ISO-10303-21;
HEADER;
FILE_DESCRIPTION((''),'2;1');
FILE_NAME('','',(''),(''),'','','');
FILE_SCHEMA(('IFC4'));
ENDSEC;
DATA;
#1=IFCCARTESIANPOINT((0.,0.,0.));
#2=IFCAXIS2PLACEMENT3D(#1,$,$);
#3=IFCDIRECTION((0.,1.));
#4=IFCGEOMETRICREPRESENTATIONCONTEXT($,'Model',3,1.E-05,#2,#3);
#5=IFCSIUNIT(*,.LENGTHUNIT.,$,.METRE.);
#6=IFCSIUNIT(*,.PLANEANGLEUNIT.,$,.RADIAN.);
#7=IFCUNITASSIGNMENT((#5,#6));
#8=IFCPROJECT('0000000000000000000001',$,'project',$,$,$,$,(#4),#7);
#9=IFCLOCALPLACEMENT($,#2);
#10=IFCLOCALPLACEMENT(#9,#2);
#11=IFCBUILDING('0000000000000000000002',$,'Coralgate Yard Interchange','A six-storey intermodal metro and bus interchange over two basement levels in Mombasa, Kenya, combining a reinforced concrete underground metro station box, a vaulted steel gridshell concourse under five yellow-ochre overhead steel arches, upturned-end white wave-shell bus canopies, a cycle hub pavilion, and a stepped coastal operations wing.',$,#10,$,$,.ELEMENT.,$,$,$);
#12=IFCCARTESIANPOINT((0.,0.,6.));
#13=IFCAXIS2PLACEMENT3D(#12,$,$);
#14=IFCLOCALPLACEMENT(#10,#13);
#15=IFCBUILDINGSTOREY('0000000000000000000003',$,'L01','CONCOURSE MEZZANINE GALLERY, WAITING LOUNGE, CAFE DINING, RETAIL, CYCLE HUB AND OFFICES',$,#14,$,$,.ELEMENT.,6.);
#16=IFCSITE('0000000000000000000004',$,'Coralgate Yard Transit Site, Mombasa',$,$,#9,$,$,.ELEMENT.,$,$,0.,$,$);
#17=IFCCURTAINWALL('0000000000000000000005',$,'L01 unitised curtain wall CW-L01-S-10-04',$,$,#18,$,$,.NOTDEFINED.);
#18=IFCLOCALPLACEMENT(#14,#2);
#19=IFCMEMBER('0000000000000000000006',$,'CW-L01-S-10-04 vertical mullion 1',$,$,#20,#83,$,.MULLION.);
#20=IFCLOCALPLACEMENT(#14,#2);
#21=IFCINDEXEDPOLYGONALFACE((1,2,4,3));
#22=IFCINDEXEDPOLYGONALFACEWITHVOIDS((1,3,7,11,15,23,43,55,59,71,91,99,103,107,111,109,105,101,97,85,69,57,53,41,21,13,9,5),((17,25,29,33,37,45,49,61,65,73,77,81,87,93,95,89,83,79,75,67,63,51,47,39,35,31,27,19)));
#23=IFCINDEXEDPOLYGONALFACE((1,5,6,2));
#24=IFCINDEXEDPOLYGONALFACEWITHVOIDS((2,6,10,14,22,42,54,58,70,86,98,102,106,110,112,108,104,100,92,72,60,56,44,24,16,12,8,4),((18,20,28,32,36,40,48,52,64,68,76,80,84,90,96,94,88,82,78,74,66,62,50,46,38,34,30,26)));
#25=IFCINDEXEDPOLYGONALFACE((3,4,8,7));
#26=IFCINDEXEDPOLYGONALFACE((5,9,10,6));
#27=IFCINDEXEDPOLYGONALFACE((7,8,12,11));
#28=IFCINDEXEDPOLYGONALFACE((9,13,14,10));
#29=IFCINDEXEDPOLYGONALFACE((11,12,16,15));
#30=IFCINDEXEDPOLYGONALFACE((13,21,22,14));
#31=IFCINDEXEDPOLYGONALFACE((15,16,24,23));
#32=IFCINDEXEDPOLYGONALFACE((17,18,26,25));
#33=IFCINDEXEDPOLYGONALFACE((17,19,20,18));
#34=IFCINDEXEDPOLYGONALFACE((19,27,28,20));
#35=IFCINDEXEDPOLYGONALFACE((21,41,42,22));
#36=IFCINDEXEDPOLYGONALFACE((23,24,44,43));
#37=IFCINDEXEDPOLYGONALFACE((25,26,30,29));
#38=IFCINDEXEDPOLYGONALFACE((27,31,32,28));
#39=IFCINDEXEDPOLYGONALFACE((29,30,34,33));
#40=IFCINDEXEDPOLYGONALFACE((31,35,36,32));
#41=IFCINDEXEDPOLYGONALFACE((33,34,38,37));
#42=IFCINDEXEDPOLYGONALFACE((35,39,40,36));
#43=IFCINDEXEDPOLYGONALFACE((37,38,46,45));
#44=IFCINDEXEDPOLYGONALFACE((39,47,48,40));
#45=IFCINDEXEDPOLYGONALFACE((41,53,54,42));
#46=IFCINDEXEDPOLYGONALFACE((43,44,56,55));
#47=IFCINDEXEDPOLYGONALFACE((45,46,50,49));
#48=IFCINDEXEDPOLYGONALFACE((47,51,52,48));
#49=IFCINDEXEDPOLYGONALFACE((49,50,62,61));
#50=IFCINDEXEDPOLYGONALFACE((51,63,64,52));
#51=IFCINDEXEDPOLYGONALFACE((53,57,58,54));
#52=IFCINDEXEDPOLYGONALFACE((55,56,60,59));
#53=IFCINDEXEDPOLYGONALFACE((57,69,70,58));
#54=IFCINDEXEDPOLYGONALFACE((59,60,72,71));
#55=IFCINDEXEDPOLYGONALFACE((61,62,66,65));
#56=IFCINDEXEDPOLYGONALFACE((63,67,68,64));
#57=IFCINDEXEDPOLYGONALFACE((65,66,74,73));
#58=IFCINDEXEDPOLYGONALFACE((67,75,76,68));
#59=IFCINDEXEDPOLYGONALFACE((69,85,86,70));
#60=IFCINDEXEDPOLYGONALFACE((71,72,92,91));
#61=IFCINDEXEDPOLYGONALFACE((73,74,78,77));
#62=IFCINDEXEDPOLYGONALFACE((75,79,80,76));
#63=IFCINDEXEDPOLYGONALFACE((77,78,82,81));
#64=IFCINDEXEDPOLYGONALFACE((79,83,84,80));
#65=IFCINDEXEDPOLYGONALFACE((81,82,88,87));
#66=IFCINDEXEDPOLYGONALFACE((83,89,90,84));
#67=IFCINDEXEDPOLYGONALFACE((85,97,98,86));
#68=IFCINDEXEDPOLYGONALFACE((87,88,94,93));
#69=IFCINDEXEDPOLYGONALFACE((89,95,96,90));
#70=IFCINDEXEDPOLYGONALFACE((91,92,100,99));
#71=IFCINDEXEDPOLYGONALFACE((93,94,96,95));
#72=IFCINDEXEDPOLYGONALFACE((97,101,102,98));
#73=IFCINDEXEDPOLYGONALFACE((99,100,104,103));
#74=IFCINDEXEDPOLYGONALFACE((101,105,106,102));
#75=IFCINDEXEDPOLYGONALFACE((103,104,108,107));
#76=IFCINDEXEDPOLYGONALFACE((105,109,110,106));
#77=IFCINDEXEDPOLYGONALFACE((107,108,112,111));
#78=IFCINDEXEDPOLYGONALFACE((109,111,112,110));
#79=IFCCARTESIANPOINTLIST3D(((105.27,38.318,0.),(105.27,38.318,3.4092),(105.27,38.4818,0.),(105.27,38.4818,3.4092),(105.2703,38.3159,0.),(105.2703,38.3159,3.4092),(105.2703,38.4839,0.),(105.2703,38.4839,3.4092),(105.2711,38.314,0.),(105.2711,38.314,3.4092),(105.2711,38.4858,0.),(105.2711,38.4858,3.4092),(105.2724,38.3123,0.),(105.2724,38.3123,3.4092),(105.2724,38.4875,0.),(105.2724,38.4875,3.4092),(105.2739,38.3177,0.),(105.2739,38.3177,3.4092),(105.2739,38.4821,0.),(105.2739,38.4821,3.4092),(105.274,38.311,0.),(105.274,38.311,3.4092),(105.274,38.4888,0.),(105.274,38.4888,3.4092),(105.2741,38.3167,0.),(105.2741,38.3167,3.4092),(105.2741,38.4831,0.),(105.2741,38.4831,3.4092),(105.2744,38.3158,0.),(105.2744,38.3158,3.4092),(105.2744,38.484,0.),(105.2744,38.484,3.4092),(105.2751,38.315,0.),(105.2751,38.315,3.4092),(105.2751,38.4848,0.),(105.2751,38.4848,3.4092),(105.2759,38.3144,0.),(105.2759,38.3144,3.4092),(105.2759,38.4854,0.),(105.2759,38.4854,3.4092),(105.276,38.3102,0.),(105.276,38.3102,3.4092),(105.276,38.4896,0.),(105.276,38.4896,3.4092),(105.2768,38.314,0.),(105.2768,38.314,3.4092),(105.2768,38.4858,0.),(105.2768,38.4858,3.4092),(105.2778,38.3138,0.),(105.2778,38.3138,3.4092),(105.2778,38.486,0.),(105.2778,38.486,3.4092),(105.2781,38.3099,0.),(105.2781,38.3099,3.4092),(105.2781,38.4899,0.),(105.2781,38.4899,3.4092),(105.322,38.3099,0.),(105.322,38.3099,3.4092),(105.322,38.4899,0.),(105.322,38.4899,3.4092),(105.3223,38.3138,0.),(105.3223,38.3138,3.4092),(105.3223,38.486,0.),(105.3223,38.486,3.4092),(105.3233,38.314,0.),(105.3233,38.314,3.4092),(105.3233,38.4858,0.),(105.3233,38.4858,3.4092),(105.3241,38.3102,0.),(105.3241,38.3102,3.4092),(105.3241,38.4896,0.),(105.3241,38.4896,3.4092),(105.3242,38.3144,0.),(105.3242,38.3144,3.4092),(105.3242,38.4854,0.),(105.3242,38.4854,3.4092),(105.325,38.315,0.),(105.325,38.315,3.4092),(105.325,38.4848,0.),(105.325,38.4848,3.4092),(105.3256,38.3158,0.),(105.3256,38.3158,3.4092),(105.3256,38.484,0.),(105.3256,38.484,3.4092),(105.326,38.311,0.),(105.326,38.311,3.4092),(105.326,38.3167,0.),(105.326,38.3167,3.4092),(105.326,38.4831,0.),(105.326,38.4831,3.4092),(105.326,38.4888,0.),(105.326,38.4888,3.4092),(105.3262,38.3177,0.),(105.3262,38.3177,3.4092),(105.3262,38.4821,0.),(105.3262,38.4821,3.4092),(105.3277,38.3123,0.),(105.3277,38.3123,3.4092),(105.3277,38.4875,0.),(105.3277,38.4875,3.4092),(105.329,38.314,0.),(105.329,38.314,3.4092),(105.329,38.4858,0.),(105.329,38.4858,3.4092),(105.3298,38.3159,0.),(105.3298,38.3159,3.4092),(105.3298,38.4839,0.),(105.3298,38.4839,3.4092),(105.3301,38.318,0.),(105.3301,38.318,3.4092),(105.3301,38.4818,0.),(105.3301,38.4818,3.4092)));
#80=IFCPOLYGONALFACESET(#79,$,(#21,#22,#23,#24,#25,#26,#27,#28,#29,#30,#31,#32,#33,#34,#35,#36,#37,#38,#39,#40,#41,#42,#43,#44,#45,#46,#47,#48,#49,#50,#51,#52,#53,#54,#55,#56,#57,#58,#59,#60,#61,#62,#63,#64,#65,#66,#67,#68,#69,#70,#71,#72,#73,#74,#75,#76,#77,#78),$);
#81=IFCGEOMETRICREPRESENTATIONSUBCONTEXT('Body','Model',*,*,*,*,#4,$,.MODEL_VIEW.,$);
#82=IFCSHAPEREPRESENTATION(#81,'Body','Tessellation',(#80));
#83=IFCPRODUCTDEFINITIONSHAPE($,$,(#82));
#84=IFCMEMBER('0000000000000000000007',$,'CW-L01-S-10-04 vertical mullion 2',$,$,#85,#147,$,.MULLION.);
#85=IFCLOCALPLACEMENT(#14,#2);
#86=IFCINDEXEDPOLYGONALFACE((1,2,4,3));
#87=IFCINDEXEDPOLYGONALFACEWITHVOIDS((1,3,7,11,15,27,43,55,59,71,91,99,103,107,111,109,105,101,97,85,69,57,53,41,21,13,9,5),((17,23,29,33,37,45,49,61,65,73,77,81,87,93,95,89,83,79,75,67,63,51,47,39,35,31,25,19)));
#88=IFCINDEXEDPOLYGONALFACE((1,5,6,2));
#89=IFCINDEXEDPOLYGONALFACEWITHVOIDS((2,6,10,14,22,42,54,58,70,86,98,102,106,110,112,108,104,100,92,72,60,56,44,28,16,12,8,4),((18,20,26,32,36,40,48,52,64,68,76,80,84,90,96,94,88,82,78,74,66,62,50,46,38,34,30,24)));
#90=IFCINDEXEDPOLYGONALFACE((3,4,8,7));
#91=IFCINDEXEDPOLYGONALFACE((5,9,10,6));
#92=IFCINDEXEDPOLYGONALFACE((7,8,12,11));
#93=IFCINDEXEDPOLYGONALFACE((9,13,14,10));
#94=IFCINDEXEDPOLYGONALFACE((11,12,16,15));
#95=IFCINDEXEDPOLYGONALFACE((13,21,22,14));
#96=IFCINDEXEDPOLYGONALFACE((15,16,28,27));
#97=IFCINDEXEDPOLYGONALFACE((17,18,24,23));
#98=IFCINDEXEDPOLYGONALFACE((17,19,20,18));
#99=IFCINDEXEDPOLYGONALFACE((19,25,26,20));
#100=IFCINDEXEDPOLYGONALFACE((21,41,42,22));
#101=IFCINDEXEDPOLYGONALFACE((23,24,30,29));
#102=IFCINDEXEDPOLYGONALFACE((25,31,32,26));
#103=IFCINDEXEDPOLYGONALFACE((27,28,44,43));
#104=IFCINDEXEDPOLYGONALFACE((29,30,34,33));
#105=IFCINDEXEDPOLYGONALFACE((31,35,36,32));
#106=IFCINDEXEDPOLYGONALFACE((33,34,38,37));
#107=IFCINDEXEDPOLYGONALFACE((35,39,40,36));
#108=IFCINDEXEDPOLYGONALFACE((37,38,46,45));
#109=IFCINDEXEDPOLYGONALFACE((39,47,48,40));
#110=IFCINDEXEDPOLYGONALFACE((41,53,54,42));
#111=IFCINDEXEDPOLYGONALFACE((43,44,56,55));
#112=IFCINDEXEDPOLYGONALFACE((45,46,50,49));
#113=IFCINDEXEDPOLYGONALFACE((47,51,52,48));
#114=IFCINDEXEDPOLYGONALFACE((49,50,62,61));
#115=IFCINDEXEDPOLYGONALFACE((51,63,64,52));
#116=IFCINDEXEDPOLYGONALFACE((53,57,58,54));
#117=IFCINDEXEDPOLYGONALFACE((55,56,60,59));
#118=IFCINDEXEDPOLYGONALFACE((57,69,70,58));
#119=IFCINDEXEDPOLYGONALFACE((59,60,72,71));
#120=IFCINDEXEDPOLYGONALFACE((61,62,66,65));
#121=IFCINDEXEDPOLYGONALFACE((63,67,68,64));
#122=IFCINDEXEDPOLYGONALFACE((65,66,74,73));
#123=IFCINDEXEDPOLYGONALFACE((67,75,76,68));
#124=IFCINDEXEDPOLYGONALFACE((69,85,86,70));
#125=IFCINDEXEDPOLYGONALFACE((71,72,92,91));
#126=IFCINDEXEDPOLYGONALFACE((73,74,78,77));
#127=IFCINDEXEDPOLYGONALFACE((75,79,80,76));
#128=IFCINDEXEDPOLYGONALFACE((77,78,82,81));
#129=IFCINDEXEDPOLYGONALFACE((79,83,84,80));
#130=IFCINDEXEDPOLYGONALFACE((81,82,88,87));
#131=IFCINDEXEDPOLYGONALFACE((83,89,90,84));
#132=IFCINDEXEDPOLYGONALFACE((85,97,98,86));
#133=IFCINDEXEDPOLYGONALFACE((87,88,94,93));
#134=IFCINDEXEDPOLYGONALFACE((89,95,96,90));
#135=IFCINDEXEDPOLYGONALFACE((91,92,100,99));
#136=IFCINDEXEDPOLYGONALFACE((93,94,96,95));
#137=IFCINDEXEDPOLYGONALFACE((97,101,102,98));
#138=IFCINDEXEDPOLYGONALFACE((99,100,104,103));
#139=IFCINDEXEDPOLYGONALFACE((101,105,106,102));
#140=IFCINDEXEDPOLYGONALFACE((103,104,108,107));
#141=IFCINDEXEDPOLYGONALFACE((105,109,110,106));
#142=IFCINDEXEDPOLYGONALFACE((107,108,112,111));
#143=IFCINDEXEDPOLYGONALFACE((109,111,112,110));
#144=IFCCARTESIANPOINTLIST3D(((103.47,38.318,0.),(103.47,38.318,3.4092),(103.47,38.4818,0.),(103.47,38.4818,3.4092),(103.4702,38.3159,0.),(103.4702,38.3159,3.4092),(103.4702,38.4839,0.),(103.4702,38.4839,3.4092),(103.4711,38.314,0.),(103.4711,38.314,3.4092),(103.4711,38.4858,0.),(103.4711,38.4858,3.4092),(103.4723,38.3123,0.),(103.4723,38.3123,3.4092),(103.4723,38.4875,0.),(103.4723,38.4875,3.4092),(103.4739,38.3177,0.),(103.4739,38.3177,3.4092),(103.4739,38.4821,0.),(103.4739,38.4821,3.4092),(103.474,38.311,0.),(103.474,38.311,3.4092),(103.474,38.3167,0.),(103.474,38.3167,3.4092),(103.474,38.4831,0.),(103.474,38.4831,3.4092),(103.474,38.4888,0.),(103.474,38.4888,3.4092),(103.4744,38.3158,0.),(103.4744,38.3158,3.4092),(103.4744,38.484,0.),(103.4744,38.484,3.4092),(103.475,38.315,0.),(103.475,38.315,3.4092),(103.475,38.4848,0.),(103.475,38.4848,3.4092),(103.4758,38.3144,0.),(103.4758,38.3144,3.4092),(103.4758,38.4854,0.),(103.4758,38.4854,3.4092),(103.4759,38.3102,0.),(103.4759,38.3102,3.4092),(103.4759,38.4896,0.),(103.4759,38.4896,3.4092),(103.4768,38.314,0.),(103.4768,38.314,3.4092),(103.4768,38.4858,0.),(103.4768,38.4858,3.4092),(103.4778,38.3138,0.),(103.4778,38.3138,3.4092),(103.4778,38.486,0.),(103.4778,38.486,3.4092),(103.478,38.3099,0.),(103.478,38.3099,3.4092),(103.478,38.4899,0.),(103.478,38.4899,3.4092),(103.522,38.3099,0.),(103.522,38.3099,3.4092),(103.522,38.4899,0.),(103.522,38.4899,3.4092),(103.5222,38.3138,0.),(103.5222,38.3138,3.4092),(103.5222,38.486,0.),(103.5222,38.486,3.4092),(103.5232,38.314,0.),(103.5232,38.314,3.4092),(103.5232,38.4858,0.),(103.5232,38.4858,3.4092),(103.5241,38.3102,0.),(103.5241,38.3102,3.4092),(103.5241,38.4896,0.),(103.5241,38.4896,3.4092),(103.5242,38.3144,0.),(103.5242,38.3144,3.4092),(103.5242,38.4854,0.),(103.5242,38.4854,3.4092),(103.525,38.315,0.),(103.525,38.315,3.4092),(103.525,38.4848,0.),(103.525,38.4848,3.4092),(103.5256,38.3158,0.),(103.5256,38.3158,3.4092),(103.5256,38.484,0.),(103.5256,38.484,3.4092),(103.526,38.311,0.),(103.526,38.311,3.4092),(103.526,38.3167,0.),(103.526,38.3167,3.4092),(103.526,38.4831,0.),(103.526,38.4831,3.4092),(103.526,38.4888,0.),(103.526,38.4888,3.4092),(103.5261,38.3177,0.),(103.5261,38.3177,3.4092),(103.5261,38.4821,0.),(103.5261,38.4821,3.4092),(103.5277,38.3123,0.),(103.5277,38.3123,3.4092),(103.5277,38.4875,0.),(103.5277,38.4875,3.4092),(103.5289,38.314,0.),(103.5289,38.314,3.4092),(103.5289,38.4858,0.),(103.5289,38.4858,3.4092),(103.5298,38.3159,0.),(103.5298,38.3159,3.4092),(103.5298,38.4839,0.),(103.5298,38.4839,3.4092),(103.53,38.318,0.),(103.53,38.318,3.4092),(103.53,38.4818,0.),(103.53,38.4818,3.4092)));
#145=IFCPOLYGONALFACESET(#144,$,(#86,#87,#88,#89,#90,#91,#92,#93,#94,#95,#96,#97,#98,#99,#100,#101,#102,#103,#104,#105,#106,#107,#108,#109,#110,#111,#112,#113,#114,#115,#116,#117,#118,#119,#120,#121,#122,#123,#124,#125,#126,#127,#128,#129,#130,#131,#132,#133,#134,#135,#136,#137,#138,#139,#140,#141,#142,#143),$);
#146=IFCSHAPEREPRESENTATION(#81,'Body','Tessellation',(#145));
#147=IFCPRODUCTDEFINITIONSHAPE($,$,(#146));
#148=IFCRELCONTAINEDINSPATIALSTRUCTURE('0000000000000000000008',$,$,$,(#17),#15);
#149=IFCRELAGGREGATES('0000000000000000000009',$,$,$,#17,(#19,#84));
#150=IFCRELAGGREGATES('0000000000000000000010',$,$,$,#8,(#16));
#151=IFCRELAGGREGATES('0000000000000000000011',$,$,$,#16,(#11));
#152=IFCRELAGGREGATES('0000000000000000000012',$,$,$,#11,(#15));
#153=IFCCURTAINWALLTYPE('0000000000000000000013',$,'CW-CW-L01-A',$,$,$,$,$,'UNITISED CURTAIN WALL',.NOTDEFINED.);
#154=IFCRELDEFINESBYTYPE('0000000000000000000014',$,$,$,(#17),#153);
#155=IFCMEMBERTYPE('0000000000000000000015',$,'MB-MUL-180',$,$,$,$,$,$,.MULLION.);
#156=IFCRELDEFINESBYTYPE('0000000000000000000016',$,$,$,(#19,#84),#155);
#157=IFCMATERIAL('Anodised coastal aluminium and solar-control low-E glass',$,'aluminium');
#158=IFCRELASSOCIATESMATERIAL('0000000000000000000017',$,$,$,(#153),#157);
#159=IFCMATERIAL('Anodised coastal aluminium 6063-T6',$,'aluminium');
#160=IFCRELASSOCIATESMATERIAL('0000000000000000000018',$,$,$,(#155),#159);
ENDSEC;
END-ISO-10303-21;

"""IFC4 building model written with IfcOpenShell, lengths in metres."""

from ifc_helpers import new_model, si_unit, direction, frame, origin, origin_2d, place, context, subcontext, project, spatial, hollow_rectangle, extrude, material, material_profile, profile_set, type_object, element, aggregate, save


model = new_model("IFC4")

# Units and contexts
model_context = context("Model", 3, precision=1e-05, world=origin(), true_north=direction((0.0, 1.0)))
body_context = subcontext(model_context, "Body", "Model", "MODEL_VIEW")
ifc_project = project(units=[si_unit("LENGTHUNIT", "METRE"), si_unit("PLANEANGLEUNIT", "RADIAN")], contexts=[model_context])

# Site, building, storey
site_placement = place(None, origin())
site = spatial("IfcSite", under=ifc_project, at=site_placement, Name="Coralgate Yard Transit Site, Mombasa", CompositionType="ELEMENT", RefElevation=0.0)
building_placement = place(site_placement, origin())
building = spatial("IfcBuilding", under=site, at=building_placement, Name="Coralgate Yard Interchange", Description="A six-storey intermodal metro and bus interchange over two basement levels in Mombasa, Kenya, combining a reinforced concrete underground metro station box, a vaulted steel gridshell concourse under five yellow-ochre overhead steel arches, upturned-end white wave-shell bus canopies, a cycle hub pavilion, and a stepped coastal operations wing.", CompositionType="ELEMENT")
storey_placement = place(building_placement, frame((0.0, 0.0, 6.0)))
storey = spatial("IfcBuildingStorey", under=building, at=storey_placement, Name="L01", Description="CONCOURSE MEZZANINE GALLERY, WAITING LOUNGE, CAFE DINING, RETAIL, CYCLE HUB AND OFFICES", CompositionType="ELEMENT", Elevation=6.0)

# Curtain wall, members
ifc_material_1 = material(Name="Anodised coastal aluminium and solar-control low-E glass", Category="aluminium")
curtain_wall_type_1 = type_object("IfcCurtainWallType", Name="CW-CW-L01-A", ElementType="UNITISED CURTAIN WALL", PredefinedType="NOTDEFINED", material=ifc_material_1)
curtain_wall_1_placement = place(storey_placement, origin())
curtain_wall_1 = element("IfcCurtainWall", 1, at=curtain_wall_1_placement, inside=storey, type_object=curtain_wall_type_1, Name="L01 unitised curtain wall CW-L01-S-10-04", PredefinedType="NOTDEFINED")
ifc_material_2 = material(Name="Anodised coastal aluminium 6063-T6", Category="aluminium")
ifc_material_profile_1 = material_profile(ifc_material_2, hollow_rectangle(XDim=0.0601, YDim=0.1799, WallThickness=0.0039, InnerFilletRadius=0.0039, OuterFilletRadius=0.0081, at=origin_2d()), Name="ALU 60x180x4")
ifc_profile_set_1 = profile_set([ifc_material_profile_1], Name="Anodised coastal aluminium 6063-T6")
member_type_1 = type_object("IfcMemberType", Name="MB-MUL-180", PredefinedType="MULLION", material=ifc_profile_set_1)
member_1_placement = place(storey_placement, frame((105.3, 38.3999, 0.0), z_axis=(0.0, 0.0, 1.0), x_axis=(1.0, 0.0, 0.0)))
member_1 = element("IfcMember", 2, at=member_1_placement, type_object=member_type_1, Name="CW-L01-S-10-04 vertical mullion 1", PredefinedType="MULLION", context=body_context, shape_type="SweptSolid", body=[
    extrude(hollow_rectangle(XDim=0.0601, YDim=0.1799, WallThickness=0.0039, InnerFilletRadius=0.0039, OuterFilletRadius=0.0081, at=origin_2d()), origin(), (0.0, 0.0, 1.0), 3.4092),
])
member_2_placement = place(storey_placement, frame((103.5, 38.3999, 0.0), z_axis=(0.0, 0.0, 1.0), x_axis=(1.0, 0.0, 0.0)))
member_2 = element("IfcMember", 3, at=member_2_placement, type_object=member_type_1, Name="CW-L01-S-10-04 vertical mullion 2", PredefinedType="MULLION", context=body_context, shape_type="SweptSolid", body=[
    extrude(hollow_rectangle(XDim=0.0601, YDim=0.1799, WallThickness=0.0039, InnerFilletRadius=0.0039, OuterFilletRadius=0.0081, at=origin_2d()), origin(), (0.0, 0.0, 1.0), 3.4092),
])

aggregate(curtain_wall_1, [member_1, member_2])

save(model, "model.ifc")
